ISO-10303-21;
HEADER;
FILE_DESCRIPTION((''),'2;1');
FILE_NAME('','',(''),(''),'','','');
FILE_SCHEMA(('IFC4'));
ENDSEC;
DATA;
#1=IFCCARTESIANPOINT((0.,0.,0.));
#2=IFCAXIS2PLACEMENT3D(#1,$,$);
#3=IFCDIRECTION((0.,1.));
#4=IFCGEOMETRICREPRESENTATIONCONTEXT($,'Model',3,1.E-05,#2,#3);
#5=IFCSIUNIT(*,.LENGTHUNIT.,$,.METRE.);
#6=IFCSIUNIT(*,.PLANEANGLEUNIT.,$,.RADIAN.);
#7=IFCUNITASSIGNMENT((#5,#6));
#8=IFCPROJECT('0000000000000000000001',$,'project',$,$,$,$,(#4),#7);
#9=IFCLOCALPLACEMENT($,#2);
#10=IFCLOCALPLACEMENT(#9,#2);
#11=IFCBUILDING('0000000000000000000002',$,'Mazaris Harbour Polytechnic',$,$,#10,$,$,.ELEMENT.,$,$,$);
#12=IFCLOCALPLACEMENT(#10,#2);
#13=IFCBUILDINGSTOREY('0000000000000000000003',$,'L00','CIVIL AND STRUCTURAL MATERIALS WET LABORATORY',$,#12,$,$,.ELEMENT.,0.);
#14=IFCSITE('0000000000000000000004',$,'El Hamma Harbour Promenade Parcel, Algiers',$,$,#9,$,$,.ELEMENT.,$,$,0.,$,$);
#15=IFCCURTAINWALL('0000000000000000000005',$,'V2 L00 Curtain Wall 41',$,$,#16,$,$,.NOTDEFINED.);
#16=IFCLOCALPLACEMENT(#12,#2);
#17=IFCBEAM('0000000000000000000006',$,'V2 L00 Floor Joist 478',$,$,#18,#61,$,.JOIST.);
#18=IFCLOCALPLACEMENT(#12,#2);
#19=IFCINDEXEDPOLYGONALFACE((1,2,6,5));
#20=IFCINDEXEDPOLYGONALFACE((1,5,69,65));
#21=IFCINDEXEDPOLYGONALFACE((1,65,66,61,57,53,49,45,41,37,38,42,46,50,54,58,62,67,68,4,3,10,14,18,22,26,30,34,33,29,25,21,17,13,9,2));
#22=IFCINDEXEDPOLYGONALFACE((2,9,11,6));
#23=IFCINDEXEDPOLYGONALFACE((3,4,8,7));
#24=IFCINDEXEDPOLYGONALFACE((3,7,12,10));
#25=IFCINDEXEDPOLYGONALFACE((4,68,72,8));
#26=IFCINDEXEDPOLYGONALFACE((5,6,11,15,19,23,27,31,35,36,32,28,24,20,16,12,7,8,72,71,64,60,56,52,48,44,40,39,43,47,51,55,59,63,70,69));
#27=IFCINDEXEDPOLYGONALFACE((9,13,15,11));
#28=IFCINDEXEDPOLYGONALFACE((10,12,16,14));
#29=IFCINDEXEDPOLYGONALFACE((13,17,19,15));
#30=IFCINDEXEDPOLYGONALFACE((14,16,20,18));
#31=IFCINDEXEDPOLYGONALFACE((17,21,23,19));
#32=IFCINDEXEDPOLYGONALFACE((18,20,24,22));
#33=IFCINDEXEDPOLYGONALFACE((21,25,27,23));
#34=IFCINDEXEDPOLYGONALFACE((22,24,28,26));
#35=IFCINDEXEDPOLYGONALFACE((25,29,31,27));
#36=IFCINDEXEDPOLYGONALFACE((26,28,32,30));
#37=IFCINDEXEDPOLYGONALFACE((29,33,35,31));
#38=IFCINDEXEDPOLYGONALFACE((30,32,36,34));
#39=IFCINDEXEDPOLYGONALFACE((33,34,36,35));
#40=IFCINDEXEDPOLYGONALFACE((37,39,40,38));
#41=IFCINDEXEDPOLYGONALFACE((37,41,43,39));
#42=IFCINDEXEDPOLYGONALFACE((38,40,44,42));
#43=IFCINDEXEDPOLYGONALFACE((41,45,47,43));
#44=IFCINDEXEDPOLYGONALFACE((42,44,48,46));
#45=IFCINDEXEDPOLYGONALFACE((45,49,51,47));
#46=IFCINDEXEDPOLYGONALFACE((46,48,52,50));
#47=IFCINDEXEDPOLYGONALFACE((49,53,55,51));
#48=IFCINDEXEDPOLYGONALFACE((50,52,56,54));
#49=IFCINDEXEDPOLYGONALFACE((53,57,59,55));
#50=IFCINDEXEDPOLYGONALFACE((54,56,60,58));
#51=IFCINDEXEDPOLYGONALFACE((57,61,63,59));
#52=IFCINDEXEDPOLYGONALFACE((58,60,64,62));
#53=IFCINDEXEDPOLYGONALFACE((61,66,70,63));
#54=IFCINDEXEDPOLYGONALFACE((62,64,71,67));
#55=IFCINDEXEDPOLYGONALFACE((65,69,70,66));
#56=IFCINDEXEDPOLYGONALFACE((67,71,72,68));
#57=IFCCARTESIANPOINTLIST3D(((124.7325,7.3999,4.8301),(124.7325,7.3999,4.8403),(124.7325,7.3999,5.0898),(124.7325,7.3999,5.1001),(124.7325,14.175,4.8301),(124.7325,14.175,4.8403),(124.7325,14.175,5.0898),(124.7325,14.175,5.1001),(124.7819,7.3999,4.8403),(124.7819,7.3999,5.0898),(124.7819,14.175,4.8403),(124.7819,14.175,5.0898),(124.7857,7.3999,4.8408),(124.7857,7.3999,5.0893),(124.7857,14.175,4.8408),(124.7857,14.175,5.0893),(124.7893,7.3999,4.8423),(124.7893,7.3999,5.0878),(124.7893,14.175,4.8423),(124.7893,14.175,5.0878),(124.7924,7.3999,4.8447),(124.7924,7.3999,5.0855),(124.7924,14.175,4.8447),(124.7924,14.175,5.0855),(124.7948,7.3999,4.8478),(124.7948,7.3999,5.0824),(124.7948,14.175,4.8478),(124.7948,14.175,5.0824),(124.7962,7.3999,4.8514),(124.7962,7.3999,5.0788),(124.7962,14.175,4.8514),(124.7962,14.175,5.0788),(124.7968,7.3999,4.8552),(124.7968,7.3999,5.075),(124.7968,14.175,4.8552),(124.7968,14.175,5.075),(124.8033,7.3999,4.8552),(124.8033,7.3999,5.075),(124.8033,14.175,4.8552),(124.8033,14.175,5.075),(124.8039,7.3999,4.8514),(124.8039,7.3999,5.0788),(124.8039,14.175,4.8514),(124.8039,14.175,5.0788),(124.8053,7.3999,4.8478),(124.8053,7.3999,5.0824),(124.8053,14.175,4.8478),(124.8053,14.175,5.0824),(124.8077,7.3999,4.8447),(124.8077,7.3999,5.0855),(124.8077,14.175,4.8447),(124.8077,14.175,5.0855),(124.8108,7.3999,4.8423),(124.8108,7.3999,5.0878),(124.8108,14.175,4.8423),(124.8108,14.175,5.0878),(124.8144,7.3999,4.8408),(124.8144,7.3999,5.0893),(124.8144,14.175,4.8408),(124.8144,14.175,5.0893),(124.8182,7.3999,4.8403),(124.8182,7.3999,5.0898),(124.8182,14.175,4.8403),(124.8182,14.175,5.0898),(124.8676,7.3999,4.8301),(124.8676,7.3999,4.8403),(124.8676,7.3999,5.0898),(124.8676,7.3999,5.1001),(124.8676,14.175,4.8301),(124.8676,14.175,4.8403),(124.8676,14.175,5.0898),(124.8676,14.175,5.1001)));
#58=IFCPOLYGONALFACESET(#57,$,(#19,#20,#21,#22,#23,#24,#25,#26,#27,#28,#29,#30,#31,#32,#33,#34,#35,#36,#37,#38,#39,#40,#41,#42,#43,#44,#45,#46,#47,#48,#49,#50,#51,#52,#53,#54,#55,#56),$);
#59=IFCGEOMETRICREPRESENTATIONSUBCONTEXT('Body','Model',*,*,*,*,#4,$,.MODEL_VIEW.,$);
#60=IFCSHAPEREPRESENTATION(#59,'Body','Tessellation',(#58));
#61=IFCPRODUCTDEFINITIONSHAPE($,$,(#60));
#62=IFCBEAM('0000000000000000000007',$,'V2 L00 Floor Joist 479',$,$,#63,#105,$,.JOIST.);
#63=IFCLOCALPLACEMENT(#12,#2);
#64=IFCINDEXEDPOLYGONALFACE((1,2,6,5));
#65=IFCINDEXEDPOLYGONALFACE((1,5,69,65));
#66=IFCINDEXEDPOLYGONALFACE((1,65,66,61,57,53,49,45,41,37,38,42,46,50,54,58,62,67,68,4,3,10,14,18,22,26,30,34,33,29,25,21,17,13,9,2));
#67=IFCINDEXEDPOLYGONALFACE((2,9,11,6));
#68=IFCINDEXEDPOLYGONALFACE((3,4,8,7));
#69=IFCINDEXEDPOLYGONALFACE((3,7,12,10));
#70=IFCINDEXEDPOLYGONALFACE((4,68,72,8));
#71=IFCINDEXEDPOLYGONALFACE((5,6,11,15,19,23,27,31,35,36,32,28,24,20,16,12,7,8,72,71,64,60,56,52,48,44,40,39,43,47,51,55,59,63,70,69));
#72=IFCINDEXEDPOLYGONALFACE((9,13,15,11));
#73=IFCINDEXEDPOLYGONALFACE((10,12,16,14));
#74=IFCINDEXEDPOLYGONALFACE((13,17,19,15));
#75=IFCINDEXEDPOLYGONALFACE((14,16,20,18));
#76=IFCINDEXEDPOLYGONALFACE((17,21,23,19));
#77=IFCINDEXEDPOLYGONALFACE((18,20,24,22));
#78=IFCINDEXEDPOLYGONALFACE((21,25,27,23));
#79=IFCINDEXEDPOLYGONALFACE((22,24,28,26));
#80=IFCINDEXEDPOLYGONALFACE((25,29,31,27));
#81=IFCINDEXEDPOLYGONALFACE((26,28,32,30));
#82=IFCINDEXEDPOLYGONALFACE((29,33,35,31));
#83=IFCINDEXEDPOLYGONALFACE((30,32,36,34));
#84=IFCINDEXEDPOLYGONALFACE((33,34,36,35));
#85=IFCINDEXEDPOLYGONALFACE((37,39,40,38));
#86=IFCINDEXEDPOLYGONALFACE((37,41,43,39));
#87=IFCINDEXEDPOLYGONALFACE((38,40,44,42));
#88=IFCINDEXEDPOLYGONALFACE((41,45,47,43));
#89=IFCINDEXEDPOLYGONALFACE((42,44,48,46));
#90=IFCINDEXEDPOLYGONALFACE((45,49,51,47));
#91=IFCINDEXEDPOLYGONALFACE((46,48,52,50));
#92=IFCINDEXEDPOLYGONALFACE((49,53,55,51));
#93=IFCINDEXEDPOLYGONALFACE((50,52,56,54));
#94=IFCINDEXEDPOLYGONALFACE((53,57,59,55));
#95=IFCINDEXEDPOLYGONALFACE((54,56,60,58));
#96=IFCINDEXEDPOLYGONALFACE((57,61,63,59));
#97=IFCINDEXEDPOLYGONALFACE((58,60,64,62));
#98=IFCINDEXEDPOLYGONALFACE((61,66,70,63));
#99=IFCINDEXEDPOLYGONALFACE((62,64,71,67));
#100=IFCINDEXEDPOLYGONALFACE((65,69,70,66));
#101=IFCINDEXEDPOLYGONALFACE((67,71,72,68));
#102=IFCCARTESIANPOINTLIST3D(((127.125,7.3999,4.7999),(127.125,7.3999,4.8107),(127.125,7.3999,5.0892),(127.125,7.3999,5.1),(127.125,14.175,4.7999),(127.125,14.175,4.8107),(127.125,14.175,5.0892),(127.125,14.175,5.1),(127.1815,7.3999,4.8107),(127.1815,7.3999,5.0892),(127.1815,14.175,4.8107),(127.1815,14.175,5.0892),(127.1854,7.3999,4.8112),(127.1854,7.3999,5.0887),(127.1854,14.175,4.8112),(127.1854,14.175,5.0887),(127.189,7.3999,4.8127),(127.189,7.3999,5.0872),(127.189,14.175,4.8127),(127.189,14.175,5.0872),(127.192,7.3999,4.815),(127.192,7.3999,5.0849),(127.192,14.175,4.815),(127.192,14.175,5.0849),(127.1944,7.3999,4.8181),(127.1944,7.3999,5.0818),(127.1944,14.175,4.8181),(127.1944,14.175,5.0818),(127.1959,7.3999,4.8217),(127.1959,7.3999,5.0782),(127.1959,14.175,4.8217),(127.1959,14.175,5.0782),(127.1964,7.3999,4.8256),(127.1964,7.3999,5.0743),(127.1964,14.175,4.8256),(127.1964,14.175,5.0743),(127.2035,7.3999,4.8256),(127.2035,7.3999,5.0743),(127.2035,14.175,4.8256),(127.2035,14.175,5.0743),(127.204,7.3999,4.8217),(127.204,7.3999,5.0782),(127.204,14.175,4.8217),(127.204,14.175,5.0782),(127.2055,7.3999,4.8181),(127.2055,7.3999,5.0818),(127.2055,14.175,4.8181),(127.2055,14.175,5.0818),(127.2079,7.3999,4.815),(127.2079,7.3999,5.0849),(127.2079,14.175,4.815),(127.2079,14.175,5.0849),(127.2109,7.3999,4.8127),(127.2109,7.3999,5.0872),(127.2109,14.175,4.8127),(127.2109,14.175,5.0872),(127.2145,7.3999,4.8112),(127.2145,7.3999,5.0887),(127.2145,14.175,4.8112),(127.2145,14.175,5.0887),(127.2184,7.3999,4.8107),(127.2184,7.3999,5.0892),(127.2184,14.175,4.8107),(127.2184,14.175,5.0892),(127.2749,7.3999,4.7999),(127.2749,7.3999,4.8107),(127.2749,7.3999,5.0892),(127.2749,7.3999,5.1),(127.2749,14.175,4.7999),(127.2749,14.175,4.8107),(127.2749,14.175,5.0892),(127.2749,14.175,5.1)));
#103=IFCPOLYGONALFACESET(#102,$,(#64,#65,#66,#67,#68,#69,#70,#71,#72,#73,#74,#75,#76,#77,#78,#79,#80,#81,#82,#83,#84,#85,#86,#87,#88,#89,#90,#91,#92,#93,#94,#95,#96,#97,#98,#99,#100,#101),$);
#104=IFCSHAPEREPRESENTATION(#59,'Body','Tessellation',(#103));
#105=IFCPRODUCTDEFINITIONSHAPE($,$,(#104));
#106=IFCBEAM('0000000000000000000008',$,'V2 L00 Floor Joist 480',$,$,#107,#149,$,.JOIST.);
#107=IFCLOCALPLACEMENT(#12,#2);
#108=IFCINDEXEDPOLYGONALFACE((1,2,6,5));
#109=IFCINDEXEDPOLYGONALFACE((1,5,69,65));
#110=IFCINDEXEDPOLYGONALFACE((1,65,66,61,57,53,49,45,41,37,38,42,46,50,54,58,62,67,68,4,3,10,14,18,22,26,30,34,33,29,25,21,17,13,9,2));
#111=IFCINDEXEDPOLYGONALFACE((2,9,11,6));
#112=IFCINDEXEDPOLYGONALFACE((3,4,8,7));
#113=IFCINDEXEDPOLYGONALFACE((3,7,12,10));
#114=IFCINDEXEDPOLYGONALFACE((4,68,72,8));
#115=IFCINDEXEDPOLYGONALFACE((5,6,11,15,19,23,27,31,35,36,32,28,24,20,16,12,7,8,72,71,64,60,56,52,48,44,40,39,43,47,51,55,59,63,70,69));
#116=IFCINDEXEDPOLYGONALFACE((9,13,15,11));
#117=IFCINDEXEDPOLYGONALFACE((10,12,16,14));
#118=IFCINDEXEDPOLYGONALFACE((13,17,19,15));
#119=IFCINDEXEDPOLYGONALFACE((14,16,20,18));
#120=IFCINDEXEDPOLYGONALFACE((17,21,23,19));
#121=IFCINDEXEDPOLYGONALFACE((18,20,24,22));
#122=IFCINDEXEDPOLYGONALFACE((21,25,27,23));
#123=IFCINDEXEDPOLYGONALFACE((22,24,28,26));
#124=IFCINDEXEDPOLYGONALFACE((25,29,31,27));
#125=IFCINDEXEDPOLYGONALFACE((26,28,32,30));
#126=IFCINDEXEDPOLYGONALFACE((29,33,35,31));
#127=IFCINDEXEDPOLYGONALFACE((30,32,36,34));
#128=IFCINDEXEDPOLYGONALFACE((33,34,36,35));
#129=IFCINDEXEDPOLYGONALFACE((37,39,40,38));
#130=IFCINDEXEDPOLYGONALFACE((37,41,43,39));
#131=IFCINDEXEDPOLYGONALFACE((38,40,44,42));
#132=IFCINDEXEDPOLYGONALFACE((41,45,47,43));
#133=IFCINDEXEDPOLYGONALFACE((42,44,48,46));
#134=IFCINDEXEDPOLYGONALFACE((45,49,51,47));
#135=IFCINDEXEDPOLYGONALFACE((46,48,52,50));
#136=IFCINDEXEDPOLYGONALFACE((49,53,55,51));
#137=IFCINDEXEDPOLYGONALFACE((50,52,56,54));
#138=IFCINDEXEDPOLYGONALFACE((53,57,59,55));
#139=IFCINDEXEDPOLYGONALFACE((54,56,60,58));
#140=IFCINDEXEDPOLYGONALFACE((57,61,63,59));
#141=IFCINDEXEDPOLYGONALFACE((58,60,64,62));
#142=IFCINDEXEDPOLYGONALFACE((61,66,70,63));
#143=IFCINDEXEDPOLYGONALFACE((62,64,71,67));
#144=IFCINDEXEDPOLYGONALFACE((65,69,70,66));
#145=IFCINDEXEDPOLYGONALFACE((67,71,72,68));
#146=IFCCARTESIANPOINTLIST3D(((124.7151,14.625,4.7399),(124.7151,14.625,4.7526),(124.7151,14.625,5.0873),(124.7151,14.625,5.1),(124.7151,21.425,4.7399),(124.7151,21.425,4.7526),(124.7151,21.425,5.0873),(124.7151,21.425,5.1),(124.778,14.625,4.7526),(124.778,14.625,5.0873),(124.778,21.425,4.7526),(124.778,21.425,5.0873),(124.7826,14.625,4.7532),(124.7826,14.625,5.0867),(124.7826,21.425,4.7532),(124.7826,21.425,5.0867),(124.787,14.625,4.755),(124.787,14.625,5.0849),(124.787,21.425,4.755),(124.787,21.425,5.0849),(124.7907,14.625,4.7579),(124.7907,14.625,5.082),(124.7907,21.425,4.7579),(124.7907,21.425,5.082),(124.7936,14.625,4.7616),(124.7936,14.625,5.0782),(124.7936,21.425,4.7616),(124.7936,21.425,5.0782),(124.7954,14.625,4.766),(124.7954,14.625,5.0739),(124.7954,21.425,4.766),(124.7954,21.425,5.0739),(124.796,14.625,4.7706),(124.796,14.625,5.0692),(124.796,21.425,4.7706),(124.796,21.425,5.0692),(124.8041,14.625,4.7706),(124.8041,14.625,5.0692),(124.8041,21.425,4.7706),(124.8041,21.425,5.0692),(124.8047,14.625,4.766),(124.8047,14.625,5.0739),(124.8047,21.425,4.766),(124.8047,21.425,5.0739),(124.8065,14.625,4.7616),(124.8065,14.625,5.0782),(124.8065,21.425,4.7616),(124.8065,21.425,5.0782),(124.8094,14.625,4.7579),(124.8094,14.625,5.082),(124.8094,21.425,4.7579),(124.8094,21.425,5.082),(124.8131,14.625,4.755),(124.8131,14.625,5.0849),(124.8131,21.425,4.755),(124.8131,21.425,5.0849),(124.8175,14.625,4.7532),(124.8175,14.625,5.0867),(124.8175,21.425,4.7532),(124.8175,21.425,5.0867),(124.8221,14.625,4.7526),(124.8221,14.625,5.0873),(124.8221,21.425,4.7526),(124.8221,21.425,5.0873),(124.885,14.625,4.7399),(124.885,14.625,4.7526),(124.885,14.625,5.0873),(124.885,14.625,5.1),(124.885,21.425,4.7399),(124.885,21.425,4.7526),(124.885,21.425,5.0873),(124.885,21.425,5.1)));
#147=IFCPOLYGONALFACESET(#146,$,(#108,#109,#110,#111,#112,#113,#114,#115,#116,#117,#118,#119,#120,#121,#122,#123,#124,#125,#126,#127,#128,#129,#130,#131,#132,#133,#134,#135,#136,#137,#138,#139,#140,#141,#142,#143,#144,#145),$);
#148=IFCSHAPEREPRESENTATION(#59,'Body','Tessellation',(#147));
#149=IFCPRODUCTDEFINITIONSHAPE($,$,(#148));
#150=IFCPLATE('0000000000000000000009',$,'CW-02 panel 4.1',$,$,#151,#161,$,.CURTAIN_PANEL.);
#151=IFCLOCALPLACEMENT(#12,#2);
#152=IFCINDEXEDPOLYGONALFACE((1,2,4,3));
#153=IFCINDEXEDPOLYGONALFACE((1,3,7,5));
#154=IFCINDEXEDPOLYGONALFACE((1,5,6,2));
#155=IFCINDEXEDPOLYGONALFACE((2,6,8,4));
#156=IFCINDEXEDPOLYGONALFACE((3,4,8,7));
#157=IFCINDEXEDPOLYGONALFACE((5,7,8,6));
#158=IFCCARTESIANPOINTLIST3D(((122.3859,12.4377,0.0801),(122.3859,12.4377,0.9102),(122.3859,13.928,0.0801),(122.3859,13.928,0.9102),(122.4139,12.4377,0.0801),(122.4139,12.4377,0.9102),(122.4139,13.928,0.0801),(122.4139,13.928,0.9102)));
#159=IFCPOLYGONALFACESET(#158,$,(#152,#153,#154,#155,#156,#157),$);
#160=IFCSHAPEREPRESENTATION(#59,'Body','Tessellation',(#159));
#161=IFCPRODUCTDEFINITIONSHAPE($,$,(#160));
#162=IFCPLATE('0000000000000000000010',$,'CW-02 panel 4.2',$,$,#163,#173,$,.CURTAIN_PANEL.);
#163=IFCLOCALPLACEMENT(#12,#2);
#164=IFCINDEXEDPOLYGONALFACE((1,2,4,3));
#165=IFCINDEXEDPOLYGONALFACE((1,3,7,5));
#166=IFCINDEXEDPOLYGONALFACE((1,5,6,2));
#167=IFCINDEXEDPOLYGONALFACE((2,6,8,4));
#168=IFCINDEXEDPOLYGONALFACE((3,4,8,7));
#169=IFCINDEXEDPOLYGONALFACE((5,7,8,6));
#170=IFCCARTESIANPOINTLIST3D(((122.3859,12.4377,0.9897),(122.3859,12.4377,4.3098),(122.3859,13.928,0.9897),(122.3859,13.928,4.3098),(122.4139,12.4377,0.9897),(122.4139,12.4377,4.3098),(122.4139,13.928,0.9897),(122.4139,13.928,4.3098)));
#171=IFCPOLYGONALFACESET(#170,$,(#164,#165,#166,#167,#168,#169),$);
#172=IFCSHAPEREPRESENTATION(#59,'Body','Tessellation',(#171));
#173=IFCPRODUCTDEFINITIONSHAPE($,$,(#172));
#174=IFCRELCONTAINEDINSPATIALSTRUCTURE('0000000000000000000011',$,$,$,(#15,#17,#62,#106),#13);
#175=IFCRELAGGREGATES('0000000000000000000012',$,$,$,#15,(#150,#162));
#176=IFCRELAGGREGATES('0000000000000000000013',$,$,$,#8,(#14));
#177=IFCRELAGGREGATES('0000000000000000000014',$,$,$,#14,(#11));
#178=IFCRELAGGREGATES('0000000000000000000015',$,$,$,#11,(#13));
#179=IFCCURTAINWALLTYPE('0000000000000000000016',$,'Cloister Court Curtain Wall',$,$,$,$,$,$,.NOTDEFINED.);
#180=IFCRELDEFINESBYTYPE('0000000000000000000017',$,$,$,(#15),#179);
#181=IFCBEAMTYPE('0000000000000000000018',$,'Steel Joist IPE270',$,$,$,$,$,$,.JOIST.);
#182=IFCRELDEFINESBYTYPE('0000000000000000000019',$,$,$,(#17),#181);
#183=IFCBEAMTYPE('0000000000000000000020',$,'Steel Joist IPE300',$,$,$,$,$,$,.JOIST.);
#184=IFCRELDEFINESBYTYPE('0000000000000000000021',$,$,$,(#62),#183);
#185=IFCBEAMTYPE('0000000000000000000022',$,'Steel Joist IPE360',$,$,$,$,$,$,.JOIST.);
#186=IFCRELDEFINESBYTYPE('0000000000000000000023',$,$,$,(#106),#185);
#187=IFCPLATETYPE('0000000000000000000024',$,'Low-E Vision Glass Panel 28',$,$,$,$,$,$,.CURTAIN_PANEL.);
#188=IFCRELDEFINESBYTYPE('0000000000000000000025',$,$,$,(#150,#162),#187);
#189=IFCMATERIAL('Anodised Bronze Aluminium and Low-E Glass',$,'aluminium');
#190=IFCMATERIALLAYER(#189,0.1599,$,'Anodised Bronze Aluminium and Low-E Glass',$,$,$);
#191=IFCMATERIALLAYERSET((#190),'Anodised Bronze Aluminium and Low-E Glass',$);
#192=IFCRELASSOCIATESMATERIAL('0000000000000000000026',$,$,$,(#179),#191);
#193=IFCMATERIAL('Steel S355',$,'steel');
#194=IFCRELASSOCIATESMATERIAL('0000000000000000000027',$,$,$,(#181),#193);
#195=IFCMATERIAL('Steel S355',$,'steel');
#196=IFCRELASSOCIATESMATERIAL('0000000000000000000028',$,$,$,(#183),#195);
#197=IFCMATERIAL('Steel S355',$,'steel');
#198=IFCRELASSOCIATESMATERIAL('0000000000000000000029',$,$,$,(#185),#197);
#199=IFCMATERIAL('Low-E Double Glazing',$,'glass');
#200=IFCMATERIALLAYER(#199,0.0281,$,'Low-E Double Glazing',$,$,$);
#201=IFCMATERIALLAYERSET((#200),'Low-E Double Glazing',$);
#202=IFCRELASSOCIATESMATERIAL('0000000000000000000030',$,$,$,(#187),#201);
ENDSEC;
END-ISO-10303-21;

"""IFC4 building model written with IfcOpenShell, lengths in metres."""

from ifc_helpers import new_model, si_unit, direction, frame, origin, origin_2d, place, context, subcontext, project, spatial, rectangle, i_section, extrude, material, layer, layer_set, material_profile, profile_set, type_object, element, aggregate, save


model = new_model("IFC4")

# Units and contexts
model_context = context("Model", 3, precision=1e-05, world=origin(), true_north=direction((0.0, 1.0)))
body_context = subcontext(model_context, "Body", "Model", "MODEL_VIEW")
ifc_project = project(units=[si_unit("LENGTHUNIT", "METRE"), si_unit("PLANEANGLEUNIT", "RADIAN")], contexts=[model_context])

# Site, building, storey
site_placement = place(None, origin())
site = spatial("IfcSite", under=ifc_project, at=site_placement, Name="El Hamma Harbour Promenade Parcel, Algiers", CompositionType="ELEMENT", RefElevation=0.0)
building_placement = place(site_placement, origin())
building = spatial("IfcBuilding", under=site, at=building_placement, Name="Mazaris Harbour Polytechnic", CompositionType="ELEMENT")
storey_placement = place(building_placement, origin())
storey = spatial("IfcBuildingStorey", under=building, at=storey_placement, Name="L00", Description="CIVIL AND STRUCTURAL MATERIALS WET LABORATORY", CompositionType="ELEMENT", Elevation=0.0)

# Curtain wall
ifc_material_1 = material(Name="Anodised Bronze Aluminium and Low-E Glass", Category="aluminium")
ifc_layer_1 = layer(ifc_material_1, 0.1599, Name="Anodised Bronze Aluminium and Low-E Glass")
ifc_layer_set_1 = layer_set([ifc_layer_1], Name="Anodised Bronze Aluminium and Low-E Glass")
curtain_wall_type = type_object("IfcCurtainWallType", Name="Cloister Court Curtain Wall", PredefinedType="NOTDEFINED", material=ifc_layer_set_1)
curtain_wall_placement = place(storey_placement, origin())
curtain_wall = element("IfcCurtainWall", 1, at=curtain_wall_placement, inside=storey, type_object=curtain_wall_type, Name="V2 L00 Curtain Wall 41", PredefinedType="NOTDEFINED")

# Beams
ifc_material_2 = material(Name="Steel S355", Category="steel")
ifc_material_profile_1 = material_profile(ifc_material_2, i_section(OverallWidth=0.135, OverallDepth=0.27, WebThickness=0.0066, FlangeThickness=0.0103, FilletRadius=0.0149, at=origin_2d()), Name="IPE 270")
ifc_profile_set_1 = profile_set([ifc_material_profile_1], Name="Steel S355")
beam_type_1 = type_object("IfcBeamType", Name="Steel Joist IPE270", PredefinedType="JOIST", material=ifc_profile_set_1)
beam_1_placement = place(storey_placement, frame((124.8, 7.3999, 4.9651), z_axis=(0.0, 1.0, 0.0), x_axis=(-1.0, 0.0, 0.0)))
element("IfcBeam", 2, at=beam_1_placement, inside=storey, type_object=beam_type_1, Name="V2 L00 Floor Joist 478", PredefinedType="JOIST", context=body_context, shape_type="SweptSolid", body=[
    extrude(i_section(OverallWidth=0.135, OverallDepth=0.27, WebThickness=0.0066, FlangeThickness=0.0103, FilletRadius=0.0149, at=origin_2d()), origin(), (0.0, 0.0, 1.0), 6.7751),
])
ifc_material_3 = material(Name="Steel S355", Category="steel")
ifc_material_profile_2 = material_profile(ifc_material_3, i_section(OverallWidth=0.1499, OverallDepth=0.3, WebThickness=0.0071, FlangeThickness=0.0107, FilletRadius=0.0149, at=origin_2d()), Name="IPE 300")
ifc_profile_set_2 = profile_set([ifc_material_profile_2], Name="Steel S355")
beam_type_2 = type_object("IfcBeamType", Name="Steel Joist IPE300", PredefinedType="JOIST", material=ifc_profile_set_2)
beam_2_placement = place(storey_placement, frame((127.2, 7.3999, 4.95), z_axis=(0.0, 1.0, 0.0), x_axis=(-1.0, 0.0, 0.0)))
element("IfcBeam", 3, at=beam_2_placement, inside=storey, type_object=beam_type_2, Name="V2 L00 Floor Joist 479", PredefinedType="JOIST", context=body_context, shape_type="SweptSolid", body=[
    extrude(i_section(OverallWidth=0.1499, OverallDepth=0.3, WebThickness=0.0071, FlangeThickness=0.0107, FilletRadius=0.0149, at=origin_2d()), origin(), (0.0, 0.0, 1.0), 6.7751),
])
ifc_material_4 = material(Name="Steel S355", Category="steel")
ifc_material_profile_3 = material_profile(ifc_material_4, i_section(OverallWidth=0.1699, OverallDepth=0.3601, WebThickness=0.0081, FlangeThickness=0.0127, FilletRadius=0.0181, at=origin_2d()), Name="IPE 360")
ifc_profile_set_3 = profile_set([ifc_material_profile_3], Name="Steel S355")
beam_type_3 = type_object("IfcBeamType", Name="Steel Joist IPE360", PredefinedType="JOIST", material=ifc_profile_set_3)
beam_3_placement = place(storey_placement, frame((124.8, 14.625, 4.9199), z_axis=(0.0, 1.0, 0.0), x_axis=(-1.0, 0.0, 0.0)))
element("IfcBeam", 4, at=beam_3_placement, inside=storey, type_object=beam_type_3, Name="V2 L00 Floor Joist 480", PredefinedType="JOIST", context=body_context, shape_type="SweptSolid", body=[
    extrude(i_section(OverallWidth=0.1699, OverallDepth=0.3601, WebThickness=0.0081, FlangeThickness=0.0127, FilletRadius=0.0181, at=origin_2d()), origin(), (0.0, 0.0, 1.0), 6.8),
])

# Plates
ifc_material_5 = material(Name="Low-E Double Glazing", Category="glass")
ifc_layer_2 = layer(ifc_material_5, 0.0281, Name="Low-E Double Glazing")
ifc_layer_set_2 = layer_set([ifc_layer_2], Name="Low-E Double Glazing")
plate_type = type_object("IfcPlateType", Name="Low-E Vision Glass Panel 28", PredefinedType="CURTAIN_PANEL", material=ifc_layer_set_2)
plate_1_placement = place(storey_placement, frame((122.3999, 13.1829, 0.0801), z_axis=(0.0, 0.0, 1.0), x_axis=(0.0, 1.0, 0.0)))
plate_1 = element("IfcPlate", 5, at=plate_1_placement, type_object=plate_type, Name="CW-02 panel 4.1", PredefinedType="CURTAIN_PANEL", context=body_context, shape_type="SweptSolid", body=[
    extrude(rectangle(XDim=1.4902, YDim=0.0281, at=origin_2d()), origin(), (0.0, 0.0, 1.0), 0.8301),
])
plate_2_placement = place(storey_placement, frame((122.3999, 13.1829, 0.9897), z_axis=(0.0, 0.0, 1.0), x_axis=(0.0, 1.0, 0.0)))
plate_2 = element("IfcPlate", 6, at=plate_2_placement, type_object=plate_type, Name="CW-02 panel 4.2", PredefinedType="CURTAIN_PANEL", context=body_context, shape_type="SweptSolid", body=[
    extrude(rectangle(XDim=1.4902, YDim=0.0281, at=origin_2d()), origin(), (0.0, 0.0, 1.0), 3.3201),
])
aggregate(curtain_wall, [plate_1, plate_2])

save(model, "model.ifc")
